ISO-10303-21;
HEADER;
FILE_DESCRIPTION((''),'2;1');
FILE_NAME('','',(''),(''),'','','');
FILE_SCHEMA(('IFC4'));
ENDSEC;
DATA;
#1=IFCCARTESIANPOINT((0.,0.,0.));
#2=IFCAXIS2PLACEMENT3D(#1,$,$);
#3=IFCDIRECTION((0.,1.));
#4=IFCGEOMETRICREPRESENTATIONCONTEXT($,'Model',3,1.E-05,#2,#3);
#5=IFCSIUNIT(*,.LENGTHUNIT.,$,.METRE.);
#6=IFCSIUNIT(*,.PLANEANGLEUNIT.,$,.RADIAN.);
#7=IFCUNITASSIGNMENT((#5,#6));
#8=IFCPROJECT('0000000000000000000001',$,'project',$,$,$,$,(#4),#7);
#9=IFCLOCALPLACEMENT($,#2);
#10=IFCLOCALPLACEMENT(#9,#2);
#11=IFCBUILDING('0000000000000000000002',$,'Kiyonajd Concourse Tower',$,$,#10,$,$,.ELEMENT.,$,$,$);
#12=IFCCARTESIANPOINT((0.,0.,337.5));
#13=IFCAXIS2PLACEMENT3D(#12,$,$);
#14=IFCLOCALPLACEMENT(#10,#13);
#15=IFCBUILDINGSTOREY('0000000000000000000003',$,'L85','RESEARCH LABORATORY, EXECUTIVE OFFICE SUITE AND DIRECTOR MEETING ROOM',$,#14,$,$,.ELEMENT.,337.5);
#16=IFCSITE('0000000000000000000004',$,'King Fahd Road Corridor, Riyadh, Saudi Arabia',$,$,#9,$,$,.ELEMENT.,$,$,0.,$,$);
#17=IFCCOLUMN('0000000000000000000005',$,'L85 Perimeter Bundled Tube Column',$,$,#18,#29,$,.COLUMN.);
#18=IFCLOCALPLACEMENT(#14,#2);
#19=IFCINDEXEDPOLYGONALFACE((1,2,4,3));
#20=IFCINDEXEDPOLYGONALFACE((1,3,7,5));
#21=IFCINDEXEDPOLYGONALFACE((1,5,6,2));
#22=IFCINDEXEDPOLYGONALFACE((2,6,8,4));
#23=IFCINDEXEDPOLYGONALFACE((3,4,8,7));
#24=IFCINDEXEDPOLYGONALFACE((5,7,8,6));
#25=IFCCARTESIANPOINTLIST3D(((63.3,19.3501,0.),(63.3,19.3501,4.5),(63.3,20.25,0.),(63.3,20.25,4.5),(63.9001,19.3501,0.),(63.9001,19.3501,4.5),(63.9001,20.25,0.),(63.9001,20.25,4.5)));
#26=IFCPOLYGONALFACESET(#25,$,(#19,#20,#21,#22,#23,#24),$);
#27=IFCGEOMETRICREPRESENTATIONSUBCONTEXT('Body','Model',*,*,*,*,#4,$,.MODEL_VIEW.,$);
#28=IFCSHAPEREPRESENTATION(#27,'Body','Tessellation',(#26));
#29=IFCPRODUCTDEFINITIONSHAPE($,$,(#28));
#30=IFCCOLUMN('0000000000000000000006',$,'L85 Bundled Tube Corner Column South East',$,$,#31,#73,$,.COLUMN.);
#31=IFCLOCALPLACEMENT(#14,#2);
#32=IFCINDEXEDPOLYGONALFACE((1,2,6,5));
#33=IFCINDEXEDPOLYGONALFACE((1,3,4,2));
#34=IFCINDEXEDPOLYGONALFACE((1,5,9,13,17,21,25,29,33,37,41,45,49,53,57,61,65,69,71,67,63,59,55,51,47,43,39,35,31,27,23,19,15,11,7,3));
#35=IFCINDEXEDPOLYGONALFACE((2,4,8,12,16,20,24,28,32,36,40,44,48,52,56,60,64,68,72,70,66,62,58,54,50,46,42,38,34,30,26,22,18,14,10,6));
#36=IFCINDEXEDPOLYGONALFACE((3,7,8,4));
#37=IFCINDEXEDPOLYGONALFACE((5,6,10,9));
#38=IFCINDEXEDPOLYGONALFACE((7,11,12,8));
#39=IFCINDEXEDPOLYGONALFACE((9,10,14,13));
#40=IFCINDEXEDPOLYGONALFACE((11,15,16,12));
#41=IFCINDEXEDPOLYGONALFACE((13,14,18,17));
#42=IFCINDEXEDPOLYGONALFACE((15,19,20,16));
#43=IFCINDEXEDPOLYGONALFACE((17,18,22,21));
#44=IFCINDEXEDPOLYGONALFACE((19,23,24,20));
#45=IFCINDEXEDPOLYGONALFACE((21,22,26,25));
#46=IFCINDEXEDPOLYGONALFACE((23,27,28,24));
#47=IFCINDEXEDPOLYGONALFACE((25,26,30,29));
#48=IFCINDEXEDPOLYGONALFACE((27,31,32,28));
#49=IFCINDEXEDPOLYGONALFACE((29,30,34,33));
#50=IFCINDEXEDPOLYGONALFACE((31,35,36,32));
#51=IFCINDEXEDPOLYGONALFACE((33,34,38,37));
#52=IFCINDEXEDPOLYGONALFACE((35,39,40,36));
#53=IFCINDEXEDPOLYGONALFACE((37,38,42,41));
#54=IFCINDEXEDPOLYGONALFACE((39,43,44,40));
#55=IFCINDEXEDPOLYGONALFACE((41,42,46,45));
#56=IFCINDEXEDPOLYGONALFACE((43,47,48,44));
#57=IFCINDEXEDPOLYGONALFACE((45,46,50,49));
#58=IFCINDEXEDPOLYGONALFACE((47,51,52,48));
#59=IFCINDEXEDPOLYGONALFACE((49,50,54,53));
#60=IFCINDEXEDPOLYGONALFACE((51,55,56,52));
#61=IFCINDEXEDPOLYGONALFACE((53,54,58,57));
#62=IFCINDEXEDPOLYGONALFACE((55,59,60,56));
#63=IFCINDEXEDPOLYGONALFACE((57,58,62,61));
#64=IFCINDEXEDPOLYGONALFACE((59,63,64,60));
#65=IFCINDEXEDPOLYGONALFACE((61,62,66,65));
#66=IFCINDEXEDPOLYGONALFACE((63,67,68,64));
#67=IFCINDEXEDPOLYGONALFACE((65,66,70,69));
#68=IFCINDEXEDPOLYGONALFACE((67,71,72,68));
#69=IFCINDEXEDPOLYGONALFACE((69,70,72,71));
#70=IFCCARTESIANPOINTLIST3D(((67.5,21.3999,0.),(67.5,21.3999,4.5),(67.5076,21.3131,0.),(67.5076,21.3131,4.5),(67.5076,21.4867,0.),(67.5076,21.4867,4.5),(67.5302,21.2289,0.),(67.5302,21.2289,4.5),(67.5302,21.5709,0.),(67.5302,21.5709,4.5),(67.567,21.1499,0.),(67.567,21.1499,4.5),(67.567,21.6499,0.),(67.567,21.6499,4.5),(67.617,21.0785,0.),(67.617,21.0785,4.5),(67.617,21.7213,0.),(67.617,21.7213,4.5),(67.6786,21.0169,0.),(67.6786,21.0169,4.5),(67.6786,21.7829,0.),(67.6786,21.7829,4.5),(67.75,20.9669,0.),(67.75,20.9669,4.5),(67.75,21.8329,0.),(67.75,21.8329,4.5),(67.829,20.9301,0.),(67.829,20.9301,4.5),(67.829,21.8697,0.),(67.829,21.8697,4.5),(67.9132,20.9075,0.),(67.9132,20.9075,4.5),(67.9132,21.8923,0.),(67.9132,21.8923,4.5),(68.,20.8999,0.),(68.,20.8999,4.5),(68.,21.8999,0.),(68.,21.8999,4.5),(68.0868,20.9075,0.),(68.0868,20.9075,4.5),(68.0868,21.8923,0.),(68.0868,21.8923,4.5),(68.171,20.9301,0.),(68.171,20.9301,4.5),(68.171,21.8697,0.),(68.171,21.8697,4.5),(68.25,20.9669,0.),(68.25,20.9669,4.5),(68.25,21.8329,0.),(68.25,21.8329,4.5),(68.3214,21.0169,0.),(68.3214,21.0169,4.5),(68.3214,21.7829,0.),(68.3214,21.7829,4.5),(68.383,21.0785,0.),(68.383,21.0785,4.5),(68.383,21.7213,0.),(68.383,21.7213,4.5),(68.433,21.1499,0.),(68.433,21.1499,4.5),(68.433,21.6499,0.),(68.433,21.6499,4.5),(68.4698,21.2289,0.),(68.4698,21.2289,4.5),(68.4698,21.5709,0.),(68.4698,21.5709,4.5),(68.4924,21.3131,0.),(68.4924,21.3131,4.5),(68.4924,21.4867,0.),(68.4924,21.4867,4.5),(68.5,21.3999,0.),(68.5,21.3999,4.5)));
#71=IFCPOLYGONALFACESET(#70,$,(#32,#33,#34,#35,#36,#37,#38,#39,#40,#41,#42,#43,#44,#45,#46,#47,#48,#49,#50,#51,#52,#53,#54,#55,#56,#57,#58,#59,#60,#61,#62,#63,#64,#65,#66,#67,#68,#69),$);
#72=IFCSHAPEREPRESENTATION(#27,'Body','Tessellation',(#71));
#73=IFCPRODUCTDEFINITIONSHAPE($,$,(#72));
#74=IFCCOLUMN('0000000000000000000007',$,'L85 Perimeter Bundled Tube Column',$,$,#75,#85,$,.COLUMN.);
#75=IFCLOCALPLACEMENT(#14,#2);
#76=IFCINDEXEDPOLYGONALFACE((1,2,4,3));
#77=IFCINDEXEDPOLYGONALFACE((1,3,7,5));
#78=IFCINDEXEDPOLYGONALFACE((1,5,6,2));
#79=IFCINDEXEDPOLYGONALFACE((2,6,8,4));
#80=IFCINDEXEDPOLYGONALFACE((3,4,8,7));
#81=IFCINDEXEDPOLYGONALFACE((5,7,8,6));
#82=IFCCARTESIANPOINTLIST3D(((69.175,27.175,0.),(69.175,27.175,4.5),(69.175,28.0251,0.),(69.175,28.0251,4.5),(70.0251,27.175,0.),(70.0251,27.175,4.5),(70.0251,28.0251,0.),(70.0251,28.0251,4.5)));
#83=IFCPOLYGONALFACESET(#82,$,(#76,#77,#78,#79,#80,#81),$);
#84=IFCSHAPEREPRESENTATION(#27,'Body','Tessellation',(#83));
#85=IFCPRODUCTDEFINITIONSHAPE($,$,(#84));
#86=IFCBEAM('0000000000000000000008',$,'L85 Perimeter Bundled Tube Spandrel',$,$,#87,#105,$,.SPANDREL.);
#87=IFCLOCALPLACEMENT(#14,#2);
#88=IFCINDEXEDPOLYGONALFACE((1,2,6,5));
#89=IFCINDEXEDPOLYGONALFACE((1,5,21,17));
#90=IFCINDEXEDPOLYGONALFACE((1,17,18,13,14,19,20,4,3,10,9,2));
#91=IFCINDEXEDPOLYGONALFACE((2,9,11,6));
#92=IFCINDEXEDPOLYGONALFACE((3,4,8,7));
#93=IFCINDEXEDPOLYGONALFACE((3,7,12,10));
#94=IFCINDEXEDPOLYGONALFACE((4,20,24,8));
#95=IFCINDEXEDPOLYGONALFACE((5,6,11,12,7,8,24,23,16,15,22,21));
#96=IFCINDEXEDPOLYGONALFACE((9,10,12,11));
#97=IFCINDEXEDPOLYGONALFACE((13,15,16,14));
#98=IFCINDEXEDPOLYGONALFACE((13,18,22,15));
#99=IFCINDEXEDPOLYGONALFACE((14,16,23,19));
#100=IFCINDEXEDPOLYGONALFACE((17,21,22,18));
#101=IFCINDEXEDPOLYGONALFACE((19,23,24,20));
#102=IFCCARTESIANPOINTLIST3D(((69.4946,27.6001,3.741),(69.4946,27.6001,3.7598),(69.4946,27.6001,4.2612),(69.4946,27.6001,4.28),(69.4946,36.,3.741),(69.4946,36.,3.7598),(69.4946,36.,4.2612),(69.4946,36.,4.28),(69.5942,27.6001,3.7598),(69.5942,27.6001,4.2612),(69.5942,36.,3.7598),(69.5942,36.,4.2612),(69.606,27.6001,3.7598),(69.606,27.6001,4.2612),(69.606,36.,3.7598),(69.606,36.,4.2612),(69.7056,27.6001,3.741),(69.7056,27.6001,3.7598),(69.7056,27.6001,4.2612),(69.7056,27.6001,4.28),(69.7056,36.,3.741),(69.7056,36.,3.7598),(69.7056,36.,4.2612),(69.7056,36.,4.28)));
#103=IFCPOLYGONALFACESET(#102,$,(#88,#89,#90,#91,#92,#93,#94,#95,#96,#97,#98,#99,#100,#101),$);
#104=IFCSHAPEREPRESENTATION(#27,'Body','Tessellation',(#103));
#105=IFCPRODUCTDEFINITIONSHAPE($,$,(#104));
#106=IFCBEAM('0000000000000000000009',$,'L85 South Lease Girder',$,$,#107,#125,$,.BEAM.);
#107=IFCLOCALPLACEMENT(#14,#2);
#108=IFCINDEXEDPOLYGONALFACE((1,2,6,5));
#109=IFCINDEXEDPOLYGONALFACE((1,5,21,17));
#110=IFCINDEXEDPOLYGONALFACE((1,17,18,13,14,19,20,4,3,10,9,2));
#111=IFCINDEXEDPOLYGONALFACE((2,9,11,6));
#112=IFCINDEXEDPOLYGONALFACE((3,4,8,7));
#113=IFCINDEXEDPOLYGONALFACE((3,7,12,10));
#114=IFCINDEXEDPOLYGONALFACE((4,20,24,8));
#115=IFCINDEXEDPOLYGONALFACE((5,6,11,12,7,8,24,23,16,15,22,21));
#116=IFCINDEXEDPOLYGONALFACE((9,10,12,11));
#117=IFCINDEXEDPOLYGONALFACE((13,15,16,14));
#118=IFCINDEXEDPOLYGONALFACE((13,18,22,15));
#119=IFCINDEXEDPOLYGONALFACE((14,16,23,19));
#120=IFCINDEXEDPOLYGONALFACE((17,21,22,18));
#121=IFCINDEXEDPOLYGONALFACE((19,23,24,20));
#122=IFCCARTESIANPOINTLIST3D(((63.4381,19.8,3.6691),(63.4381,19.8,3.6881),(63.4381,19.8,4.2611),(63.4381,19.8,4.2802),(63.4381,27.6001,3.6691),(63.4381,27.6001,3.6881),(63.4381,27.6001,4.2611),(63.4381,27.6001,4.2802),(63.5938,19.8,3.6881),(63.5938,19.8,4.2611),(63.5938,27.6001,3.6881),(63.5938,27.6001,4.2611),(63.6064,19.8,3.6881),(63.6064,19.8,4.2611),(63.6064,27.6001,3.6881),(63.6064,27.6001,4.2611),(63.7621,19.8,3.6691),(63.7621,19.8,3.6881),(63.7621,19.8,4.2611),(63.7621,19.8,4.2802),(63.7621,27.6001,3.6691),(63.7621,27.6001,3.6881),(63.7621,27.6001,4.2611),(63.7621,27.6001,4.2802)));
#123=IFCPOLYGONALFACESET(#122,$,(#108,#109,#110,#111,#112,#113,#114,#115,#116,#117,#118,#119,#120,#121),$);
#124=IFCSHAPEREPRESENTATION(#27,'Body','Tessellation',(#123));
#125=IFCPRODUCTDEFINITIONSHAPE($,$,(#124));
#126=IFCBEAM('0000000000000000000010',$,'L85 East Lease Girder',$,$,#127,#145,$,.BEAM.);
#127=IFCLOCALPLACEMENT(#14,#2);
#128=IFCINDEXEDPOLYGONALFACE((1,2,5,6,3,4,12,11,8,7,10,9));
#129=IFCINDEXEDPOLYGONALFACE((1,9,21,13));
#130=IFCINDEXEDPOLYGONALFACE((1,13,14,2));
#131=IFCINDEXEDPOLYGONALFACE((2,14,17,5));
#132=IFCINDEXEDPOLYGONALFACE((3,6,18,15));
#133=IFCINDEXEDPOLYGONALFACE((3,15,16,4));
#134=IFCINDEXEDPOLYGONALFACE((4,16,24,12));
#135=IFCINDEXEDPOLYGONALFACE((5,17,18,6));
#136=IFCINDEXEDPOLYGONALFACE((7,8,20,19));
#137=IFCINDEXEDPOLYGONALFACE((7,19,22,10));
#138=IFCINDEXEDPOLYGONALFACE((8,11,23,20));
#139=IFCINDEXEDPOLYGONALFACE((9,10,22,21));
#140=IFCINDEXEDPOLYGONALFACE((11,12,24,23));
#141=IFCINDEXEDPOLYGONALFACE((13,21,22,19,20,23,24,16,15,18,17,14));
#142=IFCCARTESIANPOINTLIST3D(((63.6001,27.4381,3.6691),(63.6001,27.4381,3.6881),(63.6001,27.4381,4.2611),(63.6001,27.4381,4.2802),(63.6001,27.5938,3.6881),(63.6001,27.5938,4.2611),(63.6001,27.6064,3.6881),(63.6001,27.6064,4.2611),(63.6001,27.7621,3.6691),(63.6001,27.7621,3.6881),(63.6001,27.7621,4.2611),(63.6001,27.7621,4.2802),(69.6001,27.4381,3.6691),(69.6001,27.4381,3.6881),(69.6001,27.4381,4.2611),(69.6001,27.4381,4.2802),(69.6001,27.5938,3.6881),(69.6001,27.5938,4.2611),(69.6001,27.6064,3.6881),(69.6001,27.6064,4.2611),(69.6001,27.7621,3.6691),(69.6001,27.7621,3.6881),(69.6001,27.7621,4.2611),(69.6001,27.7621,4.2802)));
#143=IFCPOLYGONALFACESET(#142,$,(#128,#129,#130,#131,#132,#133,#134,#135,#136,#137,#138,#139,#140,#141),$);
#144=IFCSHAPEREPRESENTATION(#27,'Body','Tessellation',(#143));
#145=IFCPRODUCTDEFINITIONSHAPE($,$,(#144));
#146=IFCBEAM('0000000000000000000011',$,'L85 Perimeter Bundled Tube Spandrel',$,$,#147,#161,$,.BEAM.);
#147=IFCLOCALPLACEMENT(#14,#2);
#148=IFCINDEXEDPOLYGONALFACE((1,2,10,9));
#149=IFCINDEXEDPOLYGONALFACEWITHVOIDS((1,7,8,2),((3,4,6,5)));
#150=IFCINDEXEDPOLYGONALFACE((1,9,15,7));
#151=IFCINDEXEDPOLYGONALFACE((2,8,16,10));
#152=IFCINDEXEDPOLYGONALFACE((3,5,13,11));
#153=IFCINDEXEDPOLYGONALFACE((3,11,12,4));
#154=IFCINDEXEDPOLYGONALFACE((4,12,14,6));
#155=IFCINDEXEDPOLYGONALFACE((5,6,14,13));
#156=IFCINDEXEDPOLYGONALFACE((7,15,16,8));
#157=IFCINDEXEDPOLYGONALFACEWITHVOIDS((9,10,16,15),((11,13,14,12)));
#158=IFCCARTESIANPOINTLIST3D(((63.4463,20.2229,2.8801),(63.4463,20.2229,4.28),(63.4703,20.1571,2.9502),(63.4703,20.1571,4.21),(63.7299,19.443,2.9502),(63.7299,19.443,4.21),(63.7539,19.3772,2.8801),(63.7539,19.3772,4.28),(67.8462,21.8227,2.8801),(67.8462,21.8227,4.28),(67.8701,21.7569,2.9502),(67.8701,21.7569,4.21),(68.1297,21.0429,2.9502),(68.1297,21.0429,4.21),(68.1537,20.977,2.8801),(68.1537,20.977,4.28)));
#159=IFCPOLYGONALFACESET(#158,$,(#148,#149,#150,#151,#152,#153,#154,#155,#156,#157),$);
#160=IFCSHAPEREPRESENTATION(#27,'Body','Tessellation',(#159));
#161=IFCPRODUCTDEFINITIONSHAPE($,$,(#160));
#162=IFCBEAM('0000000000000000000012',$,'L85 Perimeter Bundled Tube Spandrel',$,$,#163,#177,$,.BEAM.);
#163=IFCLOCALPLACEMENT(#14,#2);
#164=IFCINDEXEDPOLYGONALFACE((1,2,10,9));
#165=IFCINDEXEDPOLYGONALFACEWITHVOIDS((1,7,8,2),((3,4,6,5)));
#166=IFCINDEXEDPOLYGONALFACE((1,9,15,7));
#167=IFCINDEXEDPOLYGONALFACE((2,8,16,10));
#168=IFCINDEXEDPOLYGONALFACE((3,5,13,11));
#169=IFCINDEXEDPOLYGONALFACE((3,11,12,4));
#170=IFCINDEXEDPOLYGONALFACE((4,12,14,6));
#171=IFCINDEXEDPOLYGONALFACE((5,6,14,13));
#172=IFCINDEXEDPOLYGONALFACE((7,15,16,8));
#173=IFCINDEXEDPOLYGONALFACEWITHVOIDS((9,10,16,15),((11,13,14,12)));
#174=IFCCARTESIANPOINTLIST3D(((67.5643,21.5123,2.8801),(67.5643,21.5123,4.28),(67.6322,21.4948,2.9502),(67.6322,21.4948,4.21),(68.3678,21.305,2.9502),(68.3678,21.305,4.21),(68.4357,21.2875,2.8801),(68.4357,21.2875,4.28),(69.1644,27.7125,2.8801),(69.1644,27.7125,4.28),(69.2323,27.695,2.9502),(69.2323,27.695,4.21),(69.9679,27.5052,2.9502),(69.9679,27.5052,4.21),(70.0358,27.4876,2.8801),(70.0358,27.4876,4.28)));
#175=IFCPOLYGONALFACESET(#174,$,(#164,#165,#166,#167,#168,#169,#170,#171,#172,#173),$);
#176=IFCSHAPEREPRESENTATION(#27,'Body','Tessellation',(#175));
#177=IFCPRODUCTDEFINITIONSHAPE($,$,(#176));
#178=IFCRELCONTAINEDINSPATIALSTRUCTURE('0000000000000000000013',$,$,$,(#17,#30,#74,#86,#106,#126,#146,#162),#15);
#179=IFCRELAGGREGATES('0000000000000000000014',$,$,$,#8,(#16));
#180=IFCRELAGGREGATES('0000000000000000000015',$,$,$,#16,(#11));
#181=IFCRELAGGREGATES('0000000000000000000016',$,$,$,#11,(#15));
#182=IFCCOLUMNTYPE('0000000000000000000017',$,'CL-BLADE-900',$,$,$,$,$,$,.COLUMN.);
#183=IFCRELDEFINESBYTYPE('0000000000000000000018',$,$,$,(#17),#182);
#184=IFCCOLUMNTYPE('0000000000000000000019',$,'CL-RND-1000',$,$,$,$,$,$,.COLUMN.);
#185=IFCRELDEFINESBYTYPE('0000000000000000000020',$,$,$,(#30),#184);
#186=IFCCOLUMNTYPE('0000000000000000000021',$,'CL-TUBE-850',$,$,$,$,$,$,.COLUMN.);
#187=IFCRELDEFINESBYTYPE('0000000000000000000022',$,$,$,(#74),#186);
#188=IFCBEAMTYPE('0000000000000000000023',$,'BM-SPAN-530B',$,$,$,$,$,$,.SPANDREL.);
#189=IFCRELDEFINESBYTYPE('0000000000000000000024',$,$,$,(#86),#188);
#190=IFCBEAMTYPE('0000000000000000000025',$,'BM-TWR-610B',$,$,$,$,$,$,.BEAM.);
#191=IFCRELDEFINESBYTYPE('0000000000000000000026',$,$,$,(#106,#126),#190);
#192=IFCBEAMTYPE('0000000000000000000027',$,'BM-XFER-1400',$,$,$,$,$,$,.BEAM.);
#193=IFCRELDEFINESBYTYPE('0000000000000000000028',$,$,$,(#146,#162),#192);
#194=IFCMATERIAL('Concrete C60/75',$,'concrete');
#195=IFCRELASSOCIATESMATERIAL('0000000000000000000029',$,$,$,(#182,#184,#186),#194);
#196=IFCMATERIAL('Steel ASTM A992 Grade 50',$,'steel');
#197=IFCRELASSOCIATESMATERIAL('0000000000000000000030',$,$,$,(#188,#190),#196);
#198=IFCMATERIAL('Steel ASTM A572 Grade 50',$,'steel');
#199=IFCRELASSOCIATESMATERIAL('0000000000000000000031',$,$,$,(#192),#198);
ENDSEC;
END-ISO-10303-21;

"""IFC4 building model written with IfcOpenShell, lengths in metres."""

from ifc_helpers import new_model, si_unit, direction, frame, origin, origin_2d, place, context, subcontext, project, spatial, rectangle, hollow_rectangle, circle, i_section, extrude, material, material_profile, profile_set, type_object, element, save


model = new_model("IFC4")

# Units and contexts
model_context = context("Model", 3, precision=1e-05, world=origin(), true_north=direction((0.0, 1.0)))
body_context = subcontext(model_context, "Body", "Model", "MODEL_VIEW")
ifc_project = project(units=[si_unit("LENGTHUNIT", "METRE"), si_unit("PLANEANGLEUNIT", "RADIAN")], contexts=[model_context])

# Site, building, storey
site_placement = place(None, origin())
site = spatial("IfcSite", under=ifc_project, at=site_placement, Name="King Fahd Road Corridor, Riyadh, Saudi Arabia", CompositionType="ELEMENT", RefElevation=0.0)
building_placement = place(site_placement, origin())
building = spatial("IfcBuilding", under=site, at=building_placement, Name="Kiyonajd Concourse Tower", CompositionType="ELEMENT")
storey_placement = place(building_placement, frame((0.0, 0.0, 337.5)))
storey = spatial("IfcBuildingStorey", under=building, at=storey_placement, Name="L85", Description="RESEARCH LABORATORY, EXECUTIVE OFFICE SUITE AND DIRECTOR MEETING ROOM", CompositionType="ELEMENT", Elevation=337.5)

# Columns
ifc_material_1 = material(Name="Concrete C60/75", Category="concrete")
ifc_material_profile_1 = material_profile(ifc_material_1, rectangle(XDim=0.6001, YDim=0.8999, at=origin_2d()), Name="RC-900x600")
ifc_profile_set_1 = profile_set([ifc_material_profile_1], Name="Concrete C60/75")
column_type_1 = type_object("IfcColumnType", Name="CL-BLADE-900", PredefinedType="COLUMN", material=ifc_profile_set_1)
column_1_placement = place(storey_placement, frame((63.6001, 19.8, 0.0), z_axis=(0.0, 0.0, 1.0), x_axis=(1.0, 0.0, 0.0)))
element("IfcColumn", 1, at=column_1_placement, inside=storey, type_object=column_type_1, Name="L85 Perimeter Bundled Tube Column", PredefinedType="COLUMN", context=body_context, shape_type="SweptSolid", body=[
    extrude(rectangle(XDim=0.6001, YDim=0.8999, at=origin_2d()), origin(), (0.0, 0.0, 1.0), 4.5),
])
ifc_material_profile_2 = material_profile(ifc_material_1, circle(Radius=0.5, at=origin_2d()), Name="RCC-D1000")
ifc_profile_set_2 = profile_set([ifc_material_profile_2], Name="Concrete C60/75")
column_type_2 = type_object("IfcColumnType", Name="CL-RND-1000", PredefinedType="COLUMN", material=ifc_profile_set_2)
column_2_placement = place(storey_placement, frame((68.0, 21.3999, 0.0), z_axis=(0.0, 0.0, 1.0), x_axis=(1.0, 0.0, 0.0)))
element("IfcColumn", 2, at=column_2_placement, inside=storey, type_object=column_type_2, Name="L85 Bundled Tube Corner Column South East", PredefinedType="COLUMN", context=body_context, shape_type="SweptSolid", body=[
    extrude(circle(Radius=0.5, at=origin_2d()), origin(), (0.0, 0.0, 1.0), 4.5),
])
ifc_material_profile_3 = material_profile(ifc_material_1, rectangle(XDim=0.8501, YDim=0.8501, at=origin_2d()), Name="RC-850x850")
ifc_profile_set_3 = profile_set([ifc_material_profile_3], Name="Concrete C60/75")
column_type_3 = type_object("IfcColumnType", Name="CL-TUBE-850", PredefinedType="COLUMN", material=ifc_profile_set_3)
column_3_placement = place(storey_placement, frame((69.6001, 27.6001, 0.0), z_axis=(0.0, 0.0, 1.0), x_axis=(1.0, 0.0, 0.0)))
element("IfcColumn", 3, at=column_3_placement, inside=storey, type_object=column_type_3, Name="L85 Perimeter Bundled Tube Column", PredefinedType="COLUMN", context=body_context, shape_type="SweptSolid", body=[
    extrude(rectangle(XDim=0.8501, YDim=0.8501, at=origin_2d()), origin(), (0.0, 0.0, 1.0), 4.5),
])

# Beams
ifc_material_2 = material(Name="Steel ASTM A992 Grade 50", Category="steel")
ifc_material_profile_4 = material_profile(ifc_material_2, i_section(OverallWidth=0.2109, OverallDepth=0.5391, WebThickness=0.0117, FlangeThickness=0.0188, at=origin_2d()), Name="W530X109")
ifc_profile_set_4 = profile_set([ifc_material_profile_4], Name="Steel ASTM A992 Grade 50")
beam_type_1 = type_object("IfcBeamType", Name="BM-SPAN-530B", PredefinedType="SPANDREL", material=ifc_profile_set_4)
beam_1_placement = place(storey_placement, frame((69.6001, 27.6001, 4.0105), z_axis=(0.0, 1.0, 0.0), x_axis=(-1.0, 0.0, 0.0)))
element("IfcBeam", 4, at=beam_1_placement, inside=storey, type_object=beam_type_1, Name="L85 Perimeter Bundled Tube Spandrel", PredefinedType="SPANDREL", context=body_context, shape_type="SweptSolid", body=[
    extrude(i_section(OverallWidth=0.2109, OverallDepth=0.5391, WebThickness=0.0117, FlangeThickness=0.0188, at=origin_2d()), origin(), (0.0, 0.0, 1.0), 8.3999),
])
ifc_material_profile_5 = material_profile(ifc_material_2, i_section(OverallWidth=0.324, OverallDepth=0.6111, WebThickness=0.0127, FlangeThickness=0.019, at=origin_2d()), Name="W610X155")
ifc_profile_set_5 = profile_set([ifc_material_profile_5], Name="Steel ASTM A992 Grade 50")
beam_type_2 = type_object("IfcBeamType", Name="BM-TWR-610B", PredefinedType="BEAM", material=ifc_profile_set_5)
beam_2_placement = place(storey_placement, frame((63.6001, 19.8, 3.9746), z_axis=(0.0, 1.0, 0.0), x_axis=(-1.0, 0.0, 0.0)))
element("IfcBeam", 5, at=beam_2_placement, inside=storey, type_object=beam_type_2, Name="L85 South Lease Girder", PredefinedType="BEAM", context=body_context, shape_type="SweptSolid", body=[
    extrude(i_section(OverallWidth=0.324, OverallDepth=0.6111, WebThickness=0.0127, FlangeThickness=0.019, at=origin_2d()), origin(), (0.0, 0.0, 1.0), 7.8),
])
beam_3_placement = place(storey_placement, frame((63.6001, 27.6001, 3.9746), z_axis=(1.0, 0.0, 0.0), x_axis=(0.0, 1.0, 0.0)))
element("IfcBeam", 6, at=beam_3_placement, inside=storey, type_object=beam_type_2, Name="L85 East Lease Girder", PredefinedType="BEAM", context=body_context, shape_type="SweptSolid", body=[
    extrude(i_section(OverallWidth=0.324, OverallDepth=0.6111, WebThickness=0.0127, FlangeThickness=0.019, at=origin_2d()), origin(), (0.0, 0.0, 1.0), 6.0),
])
ifc_material_3 = material(Name="Steel ASTM A572 Grade 50", Category="steel")
ifc_material_profile_6 = material_profile(ifc_material_3, hollow_rectangle(XDim=0.8999, YDim=1.3999, WallThickness=0.0701, at=origin_2d()), Name="BOX-1400x900x70")
ifc_profile_set_6 = profile_set([ifc_material_profile_6], Name="Steel ASTM A572 Grade 50")
beam_type_3 = type_object("IfcBeamType", Name="BM-XFER-1400", PredefinedType="BEAM", material=ifc_profile_set_6)
beam_4_placement = place(storey_placement, frame((63.6001, 19.8, 3.5801), z_axis=(0.939801, 0.341722, 0.0), x_axis=(-0.341722, 0.939801, 0.0)))
element("IfcBeam", 7, at=beam_4_placement, inside=storey, type_object=beam_type_3, Name="L85 Perimeter Bundled Tube Spandrel", PredefinedType="BEAM", context=body_context, shape_type="SweptSolid", body=[
    extrude(hollow_rectangle(XDim=0.8999, YDim=1.3999, WallThickness=0.0701, at=origin_2d()), origin(), (0.0, 0.0, 1.0), 4.6816),
])
beam_5_placement = place(storey_placement, frame((68.0, 21.3999, 3.5801), z_axis=(0.249885, 0.968276, 0.0), x_axis=(-0.968276, 0.249885, 0.0)))
element("IfcBeam", 8, at=beam_5_placement, inside=storey, type_object=beam_type_3, Name="L85 Perimeter Bundled Tube Spandrel", PredefinedType="BEAM", context=body_context, shape_type="SweptSolid", body=[
    extrude(hollow_rectangle(XDim=0.8999, YDim=1.3999, WallThickness=0.0701, at=origin_2d()), origin(), (0.0, 0.0, 1.0), 6.4033),
])

save(model, "model.ifc")
